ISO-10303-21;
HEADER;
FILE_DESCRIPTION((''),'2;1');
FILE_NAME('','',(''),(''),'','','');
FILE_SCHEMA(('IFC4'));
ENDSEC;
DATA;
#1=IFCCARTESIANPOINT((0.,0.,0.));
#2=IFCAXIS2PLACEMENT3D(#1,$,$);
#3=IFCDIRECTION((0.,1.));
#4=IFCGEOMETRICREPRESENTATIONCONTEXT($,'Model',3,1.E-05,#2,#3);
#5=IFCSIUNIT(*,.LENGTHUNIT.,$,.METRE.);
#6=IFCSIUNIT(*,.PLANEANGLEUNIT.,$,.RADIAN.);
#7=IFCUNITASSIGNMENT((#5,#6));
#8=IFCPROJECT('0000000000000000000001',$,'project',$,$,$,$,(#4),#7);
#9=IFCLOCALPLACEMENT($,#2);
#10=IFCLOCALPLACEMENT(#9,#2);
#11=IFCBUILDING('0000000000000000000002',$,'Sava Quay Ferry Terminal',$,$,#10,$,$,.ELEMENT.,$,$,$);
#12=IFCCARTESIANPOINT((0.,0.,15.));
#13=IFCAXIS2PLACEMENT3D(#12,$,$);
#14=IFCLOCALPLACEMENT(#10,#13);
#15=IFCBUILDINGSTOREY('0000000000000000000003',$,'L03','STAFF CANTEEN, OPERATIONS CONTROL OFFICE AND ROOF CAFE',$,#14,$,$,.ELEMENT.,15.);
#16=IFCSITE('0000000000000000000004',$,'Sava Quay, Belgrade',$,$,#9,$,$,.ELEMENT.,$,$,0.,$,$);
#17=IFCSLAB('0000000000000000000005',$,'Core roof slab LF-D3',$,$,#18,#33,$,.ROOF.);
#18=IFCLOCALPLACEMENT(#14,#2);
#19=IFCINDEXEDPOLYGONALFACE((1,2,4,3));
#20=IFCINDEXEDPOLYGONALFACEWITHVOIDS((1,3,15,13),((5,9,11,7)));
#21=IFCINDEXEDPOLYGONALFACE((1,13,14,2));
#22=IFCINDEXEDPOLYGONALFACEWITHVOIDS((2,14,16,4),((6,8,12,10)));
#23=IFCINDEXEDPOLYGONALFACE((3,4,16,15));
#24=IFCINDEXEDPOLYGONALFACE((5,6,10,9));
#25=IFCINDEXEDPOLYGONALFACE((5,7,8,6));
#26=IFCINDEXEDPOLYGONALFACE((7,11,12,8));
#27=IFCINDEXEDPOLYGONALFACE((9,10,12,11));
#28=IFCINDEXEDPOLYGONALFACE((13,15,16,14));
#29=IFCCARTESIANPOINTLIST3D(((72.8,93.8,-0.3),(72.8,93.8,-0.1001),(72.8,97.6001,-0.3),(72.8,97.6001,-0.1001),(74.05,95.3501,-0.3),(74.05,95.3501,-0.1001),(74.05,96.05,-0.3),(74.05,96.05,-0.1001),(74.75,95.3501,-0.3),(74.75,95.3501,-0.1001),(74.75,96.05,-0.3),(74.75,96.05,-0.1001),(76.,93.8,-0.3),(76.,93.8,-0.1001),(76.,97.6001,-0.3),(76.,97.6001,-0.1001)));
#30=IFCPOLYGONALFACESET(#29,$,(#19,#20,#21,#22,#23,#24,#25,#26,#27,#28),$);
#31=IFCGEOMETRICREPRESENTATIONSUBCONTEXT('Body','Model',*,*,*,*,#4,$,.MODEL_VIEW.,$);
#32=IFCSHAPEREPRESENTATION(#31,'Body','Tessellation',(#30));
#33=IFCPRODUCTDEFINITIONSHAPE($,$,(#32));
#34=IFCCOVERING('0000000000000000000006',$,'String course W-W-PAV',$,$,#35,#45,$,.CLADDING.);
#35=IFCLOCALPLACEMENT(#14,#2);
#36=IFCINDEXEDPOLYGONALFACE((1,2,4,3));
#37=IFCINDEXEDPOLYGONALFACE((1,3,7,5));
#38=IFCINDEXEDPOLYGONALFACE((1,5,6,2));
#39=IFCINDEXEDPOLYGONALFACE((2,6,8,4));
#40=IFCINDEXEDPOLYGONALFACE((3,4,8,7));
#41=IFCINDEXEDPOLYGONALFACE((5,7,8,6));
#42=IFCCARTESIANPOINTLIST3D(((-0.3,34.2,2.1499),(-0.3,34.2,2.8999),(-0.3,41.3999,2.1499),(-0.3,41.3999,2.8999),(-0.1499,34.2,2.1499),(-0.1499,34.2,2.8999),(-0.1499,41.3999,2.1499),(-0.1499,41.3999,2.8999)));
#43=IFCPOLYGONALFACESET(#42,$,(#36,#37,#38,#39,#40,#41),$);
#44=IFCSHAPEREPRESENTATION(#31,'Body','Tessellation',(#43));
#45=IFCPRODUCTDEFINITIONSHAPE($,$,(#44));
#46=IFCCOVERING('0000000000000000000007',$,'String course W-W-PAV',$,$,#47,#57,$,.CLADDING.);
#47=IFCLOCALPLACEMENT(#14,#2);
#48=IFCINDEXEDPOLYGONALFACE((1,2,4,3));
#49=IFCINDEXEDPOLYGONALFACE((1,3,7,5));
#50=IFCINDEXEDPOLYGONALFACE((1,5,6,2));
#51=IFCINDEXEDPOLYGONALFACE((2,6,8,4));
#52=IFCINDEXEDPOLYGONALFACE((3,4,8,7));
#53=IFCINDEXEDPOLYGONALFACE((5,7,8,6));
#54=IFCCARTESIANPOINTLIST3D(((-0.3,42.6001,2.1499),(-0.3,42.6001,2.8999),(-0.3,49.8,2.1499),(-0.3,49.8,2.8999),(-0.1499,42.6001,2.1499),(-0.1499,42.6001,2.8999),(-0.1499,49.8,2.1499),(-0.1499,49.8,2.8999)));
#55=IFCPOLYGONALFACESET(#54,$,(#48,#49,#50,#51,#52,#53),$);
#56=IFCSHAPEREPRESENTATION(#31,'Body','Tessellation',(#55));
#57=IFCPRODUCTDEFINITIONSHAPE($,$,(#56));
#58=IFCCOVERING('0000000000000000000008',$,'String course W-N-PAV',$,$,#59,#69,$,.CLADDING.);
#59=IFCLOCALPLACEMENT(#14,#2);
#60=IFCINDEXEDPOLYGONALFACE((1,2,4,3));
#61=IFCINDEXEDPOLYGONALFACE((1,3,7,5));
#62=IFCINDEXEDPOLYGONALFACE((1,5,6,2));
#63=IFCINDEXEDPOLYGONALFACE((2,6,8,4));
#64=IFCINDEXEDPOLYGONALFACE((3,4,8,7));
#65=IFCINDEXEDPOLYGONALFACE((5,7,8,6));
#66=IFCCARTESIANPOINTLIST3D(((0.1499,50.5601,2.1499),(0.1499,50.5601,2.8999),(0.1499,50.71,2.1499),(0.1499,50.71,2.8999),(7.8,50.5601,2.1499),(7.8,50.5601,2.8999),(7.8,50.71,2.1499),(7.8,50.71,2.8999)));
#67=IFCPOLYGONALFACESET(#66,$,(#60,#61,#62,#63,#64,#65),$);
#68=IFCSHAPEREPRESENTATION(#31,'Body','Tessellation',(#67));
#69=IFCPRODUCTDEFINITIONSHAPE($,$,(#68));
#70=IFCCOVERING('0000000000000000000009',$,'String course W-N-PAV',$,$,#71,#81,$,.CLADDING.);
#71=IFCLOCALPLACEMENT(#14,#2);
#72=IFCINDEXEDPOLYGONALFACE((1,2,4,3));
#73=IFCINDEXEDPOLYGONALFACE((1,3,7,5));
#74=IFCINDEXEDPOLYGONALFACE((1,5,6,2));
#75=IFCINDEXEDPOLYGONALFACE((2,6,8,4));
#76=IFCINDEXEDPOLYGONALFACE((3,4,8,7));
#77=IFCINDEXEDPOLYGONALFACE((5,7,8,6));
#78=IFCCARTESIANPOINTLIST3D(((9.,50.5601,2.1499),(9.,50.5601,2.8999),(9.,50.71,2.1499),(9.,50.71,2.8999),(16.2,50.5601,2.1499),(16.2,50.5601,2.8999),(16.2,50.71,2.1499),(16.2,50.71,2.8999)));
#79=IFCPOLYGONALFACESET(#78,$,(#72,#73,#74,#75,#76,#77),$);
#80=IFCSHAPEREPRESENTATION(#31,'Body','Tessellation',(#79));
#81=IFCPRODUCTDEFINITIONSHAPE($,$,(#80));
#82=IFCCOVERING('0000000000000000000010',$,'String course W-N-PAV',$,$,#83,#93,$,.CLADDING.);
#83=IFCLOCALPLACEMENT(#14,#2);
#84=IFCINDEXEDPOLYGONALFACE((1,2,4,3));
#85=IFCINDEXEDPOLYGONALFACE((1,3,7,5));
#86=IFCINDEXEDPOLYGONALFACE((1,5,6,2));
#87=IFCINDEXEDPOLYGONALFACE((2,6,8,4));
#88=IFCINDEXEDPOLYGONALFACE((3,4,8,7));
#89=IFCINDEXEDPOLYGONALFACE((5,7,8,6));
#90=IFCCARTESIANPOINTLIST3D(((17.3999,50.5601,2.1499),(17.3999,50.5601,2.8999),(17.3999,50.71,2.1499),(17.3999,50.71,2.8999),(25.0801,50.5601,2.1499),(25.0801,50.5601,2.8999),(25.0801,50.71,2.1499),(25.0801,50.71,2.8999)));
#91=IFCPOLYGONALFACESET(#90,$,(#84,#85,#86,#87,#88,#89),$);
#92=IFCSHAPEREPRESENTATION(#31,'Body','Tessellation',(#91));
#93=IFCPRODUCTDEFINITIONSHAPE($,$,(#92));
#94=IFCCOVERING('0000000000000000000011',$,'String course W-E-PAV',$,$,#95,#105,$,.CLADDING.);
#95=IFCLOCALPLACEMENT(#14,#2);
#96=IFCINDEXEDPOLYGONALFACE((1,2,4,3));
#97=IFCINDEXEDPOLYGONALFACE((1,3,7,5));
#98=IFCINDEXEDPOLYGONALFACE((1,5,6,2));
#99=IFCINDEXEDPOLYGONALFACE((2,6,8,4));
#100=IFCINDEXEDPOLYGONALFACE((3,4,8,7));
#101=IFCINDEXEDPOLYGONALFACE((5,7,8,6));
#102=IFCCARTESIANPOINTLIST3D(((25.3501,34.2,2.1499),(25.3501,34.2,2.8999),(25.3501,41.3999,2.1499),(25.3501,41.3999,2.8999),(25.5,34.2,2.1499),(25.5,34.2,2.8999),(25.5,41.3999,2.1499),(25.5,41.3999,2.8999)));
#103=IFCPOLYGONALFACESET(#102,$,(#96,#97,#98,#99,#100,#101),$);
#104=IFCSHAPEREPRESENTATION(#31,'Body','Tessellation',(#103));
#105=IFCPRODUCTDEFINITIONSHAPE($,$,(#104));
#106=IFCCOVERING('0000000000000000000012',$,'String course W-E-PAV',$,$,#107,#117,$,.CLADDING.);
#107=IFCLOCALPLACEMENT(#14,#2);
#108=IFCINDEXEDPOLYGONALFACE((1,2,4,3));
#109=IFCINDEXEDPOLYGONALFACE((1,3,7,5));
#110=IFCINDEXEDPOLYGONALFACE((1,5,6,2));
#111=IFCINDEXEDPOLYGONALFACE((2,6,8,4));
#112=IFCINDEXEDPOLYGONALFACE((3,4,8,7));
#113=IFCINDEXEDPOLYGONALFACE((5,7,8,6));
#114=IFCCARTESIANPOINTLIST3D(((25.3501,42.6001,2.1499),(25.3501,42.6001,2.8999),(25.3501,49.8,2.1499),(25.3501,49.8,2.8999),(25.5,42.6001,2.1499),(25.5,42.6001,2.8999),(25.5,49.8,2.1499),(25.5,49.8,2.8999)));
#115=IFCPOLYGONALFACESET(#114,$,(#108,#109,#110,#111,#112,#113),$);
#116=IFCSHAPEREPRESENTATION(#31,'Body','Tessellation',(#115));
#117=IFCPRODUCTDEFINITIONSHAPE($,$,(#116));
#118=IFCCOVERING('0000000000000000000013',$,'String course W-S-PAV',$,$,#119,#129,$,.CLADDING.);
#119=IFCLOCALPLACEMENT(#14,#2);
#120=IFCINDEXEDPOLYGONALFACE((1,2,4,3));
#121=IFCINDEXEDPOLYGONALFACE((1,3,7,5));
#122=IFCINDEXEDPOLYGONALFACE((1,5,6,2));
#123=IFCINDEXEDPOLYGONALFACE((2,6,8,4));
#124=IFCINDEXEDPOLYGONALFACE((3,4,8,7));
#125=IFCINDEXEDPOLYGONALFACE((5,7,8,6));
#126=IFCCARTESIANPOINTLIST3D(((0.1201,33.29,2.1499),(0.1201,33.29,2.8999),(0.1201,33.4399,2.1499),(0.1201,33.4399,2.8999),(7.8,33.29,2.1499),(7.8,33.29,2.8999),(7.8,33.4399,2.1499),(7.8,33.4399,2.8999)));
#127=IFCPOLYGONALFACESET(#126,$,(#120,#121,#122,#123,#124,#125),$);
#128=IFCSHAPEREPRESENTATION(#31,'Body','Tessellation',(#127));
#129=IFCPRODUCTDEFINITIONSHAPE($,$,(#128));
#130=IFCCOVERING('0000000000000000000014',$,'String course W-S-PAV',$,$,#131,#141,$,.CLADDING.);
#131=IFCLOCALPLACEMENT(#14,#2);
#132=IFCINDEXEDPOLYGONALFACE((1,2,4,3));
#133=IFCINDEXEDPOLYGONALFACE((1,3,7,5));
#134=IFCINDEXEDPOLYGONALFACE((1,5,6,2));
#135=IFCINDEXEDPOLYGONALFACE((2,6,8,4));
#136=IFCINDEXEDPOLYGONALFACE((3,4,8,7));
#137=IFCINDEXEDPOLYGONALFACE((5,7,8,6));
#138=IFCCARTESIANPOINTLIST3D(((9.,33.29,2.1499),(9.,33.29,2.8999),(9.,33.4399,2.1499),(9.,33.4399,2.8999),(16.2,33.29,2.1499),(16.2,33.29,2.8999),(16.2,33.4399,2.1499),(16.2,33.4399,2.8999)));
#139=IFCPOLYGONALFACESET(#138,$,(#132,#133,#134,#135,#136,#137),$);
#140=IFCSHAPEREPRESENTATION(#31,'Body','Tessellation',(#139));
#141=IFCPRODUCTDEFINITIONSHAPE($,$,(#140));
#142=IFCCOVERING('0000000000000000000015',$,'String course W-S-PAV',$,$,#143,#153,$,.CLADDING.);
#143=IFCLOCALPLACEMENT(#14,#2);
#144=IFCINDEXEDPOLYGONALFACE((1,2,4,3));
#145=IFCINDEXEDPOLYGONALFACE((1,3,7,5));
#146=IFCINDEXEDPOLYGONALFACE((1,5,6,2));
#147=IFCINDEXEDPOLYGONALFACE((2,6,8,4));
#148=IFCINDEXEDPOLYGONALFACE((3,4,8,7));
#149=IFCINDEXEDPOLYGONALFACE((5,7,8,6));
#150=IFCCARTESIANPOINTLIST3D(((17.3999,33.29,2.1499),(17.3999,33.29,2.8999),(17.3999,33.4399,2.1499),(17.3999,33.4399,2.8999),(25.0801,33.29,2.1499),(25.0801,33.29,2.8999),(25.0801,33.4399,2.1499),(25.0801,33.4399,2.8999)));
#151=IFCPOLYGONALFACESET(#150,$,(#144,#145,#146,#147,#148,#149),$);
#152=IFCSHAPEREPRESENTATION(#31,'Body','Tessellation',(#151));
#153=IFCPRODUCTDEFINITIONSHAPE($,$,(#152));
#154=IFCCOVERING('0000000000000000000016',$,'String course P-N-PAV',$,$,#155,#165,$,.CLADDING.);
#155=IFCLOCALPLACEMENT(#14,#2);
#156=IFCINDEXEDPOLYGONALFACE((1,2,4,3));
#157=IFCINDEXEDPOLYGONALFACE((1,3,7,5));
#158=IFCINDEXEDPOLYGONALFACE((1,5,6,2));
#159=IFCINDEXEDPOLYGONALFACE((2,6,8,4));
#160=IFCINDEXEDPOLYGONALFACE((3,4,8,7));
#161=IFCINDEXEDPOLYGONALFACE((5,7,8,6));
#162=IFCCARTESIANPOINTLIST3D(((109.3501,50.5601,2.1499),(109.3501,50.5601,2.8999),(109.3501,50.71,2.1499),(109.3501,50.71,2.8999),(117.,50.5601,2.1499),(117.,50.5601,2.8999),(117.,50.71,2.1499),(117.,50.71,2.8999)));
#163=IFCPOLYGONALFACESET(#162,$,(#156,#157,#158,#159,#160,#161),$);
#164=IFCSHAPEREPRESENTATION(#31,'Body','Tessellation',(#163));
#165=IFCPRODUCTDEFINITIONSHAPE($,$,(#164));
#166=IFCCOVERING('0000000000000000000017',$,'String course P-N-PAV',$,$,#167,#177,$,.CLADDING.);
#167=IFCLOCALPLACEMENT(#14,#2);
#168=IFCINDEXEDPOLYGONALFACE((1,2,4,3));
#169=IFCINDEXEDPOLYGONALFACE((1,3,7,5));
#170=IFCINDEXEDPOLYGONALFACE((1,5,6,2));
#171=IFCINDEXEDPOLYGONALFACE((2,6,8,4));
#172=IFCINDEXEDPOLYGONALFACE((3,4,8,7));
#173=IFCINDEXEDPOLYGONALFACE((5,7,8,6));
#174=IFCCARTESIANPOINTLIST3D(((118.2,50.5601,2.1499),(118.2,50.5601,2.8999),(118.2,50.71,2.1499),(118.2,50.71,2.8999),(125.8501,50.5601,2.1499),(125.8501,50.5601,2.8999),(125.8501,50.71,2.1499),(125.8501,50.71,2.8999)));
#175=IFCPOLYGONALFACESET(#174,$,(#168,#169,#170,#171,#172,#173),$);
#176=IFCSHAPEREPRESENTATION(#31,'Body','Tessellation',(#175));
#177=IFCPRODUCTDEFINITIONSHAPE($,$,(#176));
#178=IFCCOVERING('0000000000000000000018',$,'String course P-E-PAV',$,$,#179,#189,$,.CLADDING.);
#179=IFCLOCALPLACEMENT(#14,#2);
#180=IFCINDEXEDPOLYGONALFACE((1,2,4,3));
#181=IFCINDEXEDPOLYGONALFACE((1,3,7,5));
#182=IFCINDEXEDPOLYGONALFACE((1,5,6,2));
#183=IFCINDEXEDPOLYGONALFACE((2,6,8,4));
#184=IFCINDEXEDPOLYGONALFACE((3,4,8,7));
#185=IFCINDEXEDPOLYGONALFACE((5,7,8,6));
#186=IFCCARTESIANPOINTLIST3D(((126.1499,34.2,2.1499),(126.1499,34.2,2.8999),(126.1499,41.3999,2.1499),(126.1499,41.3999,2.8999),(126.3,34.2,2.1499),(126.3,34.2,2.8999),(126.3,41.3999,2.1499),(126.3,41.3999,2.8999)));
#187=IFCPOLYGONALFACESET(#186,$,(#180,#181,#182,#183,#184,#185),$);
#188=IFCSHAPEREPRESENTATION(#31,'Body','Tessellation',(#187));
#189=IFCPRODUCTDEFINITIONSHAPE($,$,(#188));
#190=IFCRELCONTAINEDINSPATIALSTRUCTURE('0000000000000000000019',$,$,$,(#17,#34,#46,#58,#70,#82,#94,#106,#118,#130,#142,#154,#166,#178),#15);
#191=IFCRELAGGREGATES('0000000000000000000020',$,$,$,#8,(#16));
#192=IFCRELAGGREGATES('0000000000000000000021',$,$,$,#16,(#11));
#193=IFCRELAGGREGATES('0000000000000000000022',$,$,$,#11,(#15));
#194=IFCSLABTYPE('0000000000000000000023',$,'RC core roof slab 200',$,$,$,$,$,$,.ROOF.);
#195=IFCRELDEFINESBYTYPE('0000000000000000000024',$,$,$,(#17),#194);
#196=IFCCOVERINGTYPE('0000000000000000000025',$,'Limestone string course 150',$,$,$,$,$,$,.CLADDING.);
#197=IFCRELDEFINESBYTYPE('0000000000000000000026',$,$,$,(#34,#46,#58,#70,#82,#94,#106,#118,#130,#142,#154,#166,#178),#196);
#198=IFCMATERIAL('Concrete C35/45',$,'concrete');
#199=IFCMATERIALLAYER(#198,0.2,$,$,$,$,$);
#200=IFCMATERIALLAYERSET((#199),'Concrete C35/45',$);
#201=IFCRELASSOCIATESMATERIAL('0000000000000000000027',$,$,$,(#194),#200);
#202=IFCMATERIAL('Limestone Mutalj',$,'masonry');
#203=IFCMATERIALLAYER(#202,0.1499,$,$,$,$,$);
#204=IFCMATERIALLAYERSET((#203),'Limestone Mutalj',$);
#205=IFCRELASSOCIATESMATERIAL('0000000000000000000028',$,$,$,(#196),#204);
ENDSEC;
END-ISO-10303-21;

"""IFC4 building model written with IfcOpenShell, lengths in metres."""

from ifc_helpers import new_model, si_unit, direction, frame, origin, place, context, subcontext, project, spatial, polyline, outline, extrude, material, layer, layer_set, type_object, element, save


model = new_model("IFC4")

# Units and contexts
model_context = context("Model", 3, precision=1e-05, world=origin(), true_north=direction((0.0, 1.0)))
body_context = subcontext(model_context, "Body", "Model", "MODEL_VIEW")
ifc_project = project(units=[si_unit("LENGTHUNIT", "METRE"), si_unit("PLANEANGLEUNIT", "RADIAN")], contexts=[model_context])

# Site, building, storey
site_placement = place(None, origin())
site = spatial("IfcSite", under=ifc_project, at=site_placement, Name="Sava Quay, Belgrade", CompositionType="ELEMENT", RefElevation=0.0)
building_placement = place(site_placement, origin())
building = spatial("IfcBuilding", under=site, at=building_placement, Name="Sava Quay Ferry Terminal", CompositionType="ELEMENT")
storey_placement = place(building_placement, frame((0.0, 0.0, 15.0)))
storey = spatial("IfcBuildingStorey", under=building, at=storey_placement, Name="L03", Description="STAFF CANTEEN, OPERATIONS CONTROL OFFICE AND ROOF CAFE", CompositionType="ELEMENT", Elevation=15.0)

# Slab
ifc_material_1 = material(Name="Concrete C35/45", Category="concrete")
ifc_layer_1 = layer(ifc_material_1, 0.2)
ifc_layer_set_1 = layer_set([ifc_layer_1], Name="Concrete C35/45")
slab_type_1 = type_object("IfcSlabType", Name="RC core roof slab 200", PredefinedType="ROOF", material=ifc_layer_set_1)
slab_1_placement = place(storey_placement, frame((0.0, 0.0, -0.3)))
element("IfcSlab", 1, at=slab_1_placement, inside=storey, type_object=slab_type_1, Name="Core roof slab LF-D3", PredefinedType="ROOF", context=body_context, shape_type="SweptSolid", body=[
    extrude(outline(polyline([(72.8, 93.8), (76.0, 93.8), (76.0, 97.6001), (72.8, 97.6001), (72.8, 93.8)]), holes=[polyline([(74.05, 95.3501), (74.75, 95.3501), (74.75, 96.05), (74.05, 96.05), (74.05, 95.3501)])]), origin(), (0.0, 0.0, 1.0), 0.2),
])

# Coverings
ifc_material_2 = material(Name="Limestone Mutalj", Category="masonry")
ifc_layer_2 = layer(ifc_material_2, 0.1499)
ifc_layer_set_2 = layer_set([ifc_layer_2], Name="Limestone Mutalj")
covering_type_1 = type_object("IfcCoveringType", Name="Limestone string course 150", PredefinedType="CLADDING", material=ifc_layer_set_2)
covering_1_placement = place(storey_placement, frame((0.0, 0.0, 2.1499)))
element("IfcCovering", 2, at=covering_1_placement, inside=storey, type_object=covering_type_1, Name="String course W-W-PAV", PredefinedType="CLADDING", context=body_context, shape_type="SweptSolid", body=[
    extrude(outline(polyline([(-0.1499, 34.2), (-0.1499, 41.3999), (-0.3, 41.3999), (-0.3, 34.2), (-0.1499, 34.2)])), origin(), (0.0, 0.0, 1.0), 0.75),
])
covering_2_placement = place(storey_placement, frame((0.0, 0.0, 2.1499)))
element("IfcCovering", 3, at=covering_2_placement, inside=storey, type_object=covering_type_1, Name="String course W-W-PAV", PredefinedType="CLADDING", context=body_context, shape_type="SweptSolid", body=[
    extrude(outline(polyline([(-0.1499, 42.6001), (-0.1499, 49.8), (-0.3, 49.8), (-0.3, 42.6001), (-0.1499, 42.6001)])), origin(), (0.0, 0.0, 1.0), 0.75),
])
covering_3_placement = place(storey_placement, frame((0.0, 0.0, 2.1499)))
element("IfcCovering", 4, at=covering_3_placement, inside=storey, type_object=covering_type_1, Name="String course W-N-PAV", PredefinedType="CLADDING", context=body_context, shape_type="SweptSolid", body=[
    extrude(outline(polyline([(0.1499, 50.5601), (7.8, 50.5601), (7.8, 50.71), (0.1499, 50.71), (0.1499, 50.5601)])), origin(), (0.0, 0.0, 1.0), 0.75),
])
covering_4_placement = place(storey_placement, frame((0.0, 0.0, 2.1499)))
element("IfcCovering", 5, at=covering_4_placement, inside=storey, type_object=covering_type_1, Name="String course W-N-PAV", PredefinedType="CLADDING", context=body_context, shape_type="SweptSolid", body=[
    extrude(outline(polyline([(9.0, 50.5601), (16.2, 50.5601), (16.2, 50.71), (9.0, 50.71), (9.0, 50.5601)])), origin(), (0.0, 0.0, 1.0), 0.75),
])
covering_5_placement = place(storey_placement, frame((0.0, 0.0, 2.1499)))
element("IfcCovering", 6, at=covering_5_placement, inside=storey, type_object=covering_type_1, Name="String course W-N-PAV", PredefinedType="CLADDING", context=body_context, shape_type="SweptSolid", body=[
    extrude(outline(polyline([(17.3999, 50.5601), (25.0801, 50.5601), (25.0801, 50.71), (17.3999, 50.71), (17.3999, 50.5601)])), origin(), (0.0, 0.0, 1.0), 0.75),
])
covering_6_placement = place(storey_placement, frame((0.0, 0.0, 2.1499)))
element("IfcCovering", 7, at=covering_6_placement, inside=storey, type_object=covering_type_1, Name="String course W-E-PAV", PredefinedType="CLADDING", context=body_context, shape_type="SweptSolid", body=[
    extrude(outline(polyline([(25.3501, 34.2), (25.3501, 41.3999), (25.5, 41.3999), (25.5, 34.2), (25.3501, 34.2)])), origin(), (0.0, 0.0, 1.0), 0.75),
])
covering_7_placement = place(storey_placement, frame((0.0, 0.0, 2.1499)))
element("IfcCovering", 8, at=covering_7_placement, inside=storey, type_object=covering_type_1, Name="String course W-E-PAV", PredefinedType="CLADDING", context=body_context, shape_type="SweptSolid", body=[
    extrude(outline(polyline([(25.3501, 42.6001), (25.3501, 49.8), (25.5, 49.8), (25.5, 42.6001), (25.3501, 42.6001)])), origin(), (0.0, 0.0, 1.0), 0.75),
])
covering_8_placement = place(storey_placement, frame((0.0, 0.0, 2.1499)))
element("IfcCovering", 9, at=covering_8_placement, inside=storey, type_object=covering_type_1, Name="String course W-S-PAV", PredefinedType="CLADDING", context=body_context, shape_type="SweptSolid", body=[
    extrude(outline(polyline([(0.1201, 33.4399), (7.8, 33.4399), (7.8, 33.29), (0.1201, 33.29), (0.1201, 33.4399)])), origin(), (0.0, 0.0, 1.0), 0.75),
])
covering_9_placement = place(storey_placement, frame((0.0, 0.0, 2.1499)))
element("IfcCovering", 10, at=covering_9_placement, inside=storey, type_object=covering_type_1, Name="String course W-S-PAV", PredefinedType="CLADDING", context=body_context, shape_type="SweptSolid", body=[
    extrude(outline(polyline([(9.0, 33.4399), (16.2, 33.4399), (16.2, 33.29), (9.0, 33.29), (9.0, 33.4399)])), origin(), (0.0, 0.0, 1.0), 0.75),
])
covering_10_placement = place(storey_placement, frame((0.0, 0.0, 2.1499)))
element("IfcCovering", 11, at=covering_10_placement, inside=storey, type_object=covering_type_1, Name="String course W-S-PAV", PredefinedType="CLADDING", context=body_context, shape_type="SweptSolid", body=[
    extrude(outline(polyline([(17.3999, 33.4399), (25.0801, 33.4399), (25.0801, 33.29), (17.3999, 33.29), (17.3999, 33.4399)])), origin(), (0.0, 0.0, 1.0), 0.75),
])
covering_11_placement = place(storey_placement, frame((0.0, 0.0, 2.1499)))
element("IfcCovering", 12, at=covering_11_placement, inside=storey, type_object=covering_type_1, Name="String course P-N-PAV", PredefinedType="CLADDING", context=body_context, shape_type="SweptSolid", body=[
    extrude(outline(polyline([(109.3501, 50.5601), (117.0, 50.5601), (117.0, 50.71), (109.3501, 50.71), (109.3501, 50.5601)])), origin(), (0.0, 0.0, 1.0), 0.75),
])
covering_12_placement = place(storey_placement, frame((0.0, 0.0, 2.1499)))
element("IfcCovering", 13, at=covering_12_placement, inside=storey, type_object=covering_type_1, Name="String course P-N-PAV", PredefinedType="CLADDING", context=body_context, shape_type="SweptSolid", body=[
    extrude(outline(polyline([(118.2, 50.5601), (125.8501, 50.5601), (125.8501, 50.71), (118.2, 50.71), (118.2, 50.5601)])), origin(), (0.0, 0.0, 1.0), 0.75),
])
covering_13_placement = place(storey_placement, frame((0.0, 0.0, 2.1499)))
element("IfcCovering", 14, at=covering_13_placement, inside=storey, type_object=covering_type_1, Name="String course P-E-PAV", PredefinedType="CLADDING", context=body_context, shape_type="SweptSolid", body=[
    extrude(outline(polyline([(126.1499, 34.2), (126.1499, 41.3999), (126.3, 41.3999), (126.3, 34.2), (126.1499, 34.2)])), origin(), (0.0, 0.0, 1.0), 0.75),
])

save(model, "model.ifc")
